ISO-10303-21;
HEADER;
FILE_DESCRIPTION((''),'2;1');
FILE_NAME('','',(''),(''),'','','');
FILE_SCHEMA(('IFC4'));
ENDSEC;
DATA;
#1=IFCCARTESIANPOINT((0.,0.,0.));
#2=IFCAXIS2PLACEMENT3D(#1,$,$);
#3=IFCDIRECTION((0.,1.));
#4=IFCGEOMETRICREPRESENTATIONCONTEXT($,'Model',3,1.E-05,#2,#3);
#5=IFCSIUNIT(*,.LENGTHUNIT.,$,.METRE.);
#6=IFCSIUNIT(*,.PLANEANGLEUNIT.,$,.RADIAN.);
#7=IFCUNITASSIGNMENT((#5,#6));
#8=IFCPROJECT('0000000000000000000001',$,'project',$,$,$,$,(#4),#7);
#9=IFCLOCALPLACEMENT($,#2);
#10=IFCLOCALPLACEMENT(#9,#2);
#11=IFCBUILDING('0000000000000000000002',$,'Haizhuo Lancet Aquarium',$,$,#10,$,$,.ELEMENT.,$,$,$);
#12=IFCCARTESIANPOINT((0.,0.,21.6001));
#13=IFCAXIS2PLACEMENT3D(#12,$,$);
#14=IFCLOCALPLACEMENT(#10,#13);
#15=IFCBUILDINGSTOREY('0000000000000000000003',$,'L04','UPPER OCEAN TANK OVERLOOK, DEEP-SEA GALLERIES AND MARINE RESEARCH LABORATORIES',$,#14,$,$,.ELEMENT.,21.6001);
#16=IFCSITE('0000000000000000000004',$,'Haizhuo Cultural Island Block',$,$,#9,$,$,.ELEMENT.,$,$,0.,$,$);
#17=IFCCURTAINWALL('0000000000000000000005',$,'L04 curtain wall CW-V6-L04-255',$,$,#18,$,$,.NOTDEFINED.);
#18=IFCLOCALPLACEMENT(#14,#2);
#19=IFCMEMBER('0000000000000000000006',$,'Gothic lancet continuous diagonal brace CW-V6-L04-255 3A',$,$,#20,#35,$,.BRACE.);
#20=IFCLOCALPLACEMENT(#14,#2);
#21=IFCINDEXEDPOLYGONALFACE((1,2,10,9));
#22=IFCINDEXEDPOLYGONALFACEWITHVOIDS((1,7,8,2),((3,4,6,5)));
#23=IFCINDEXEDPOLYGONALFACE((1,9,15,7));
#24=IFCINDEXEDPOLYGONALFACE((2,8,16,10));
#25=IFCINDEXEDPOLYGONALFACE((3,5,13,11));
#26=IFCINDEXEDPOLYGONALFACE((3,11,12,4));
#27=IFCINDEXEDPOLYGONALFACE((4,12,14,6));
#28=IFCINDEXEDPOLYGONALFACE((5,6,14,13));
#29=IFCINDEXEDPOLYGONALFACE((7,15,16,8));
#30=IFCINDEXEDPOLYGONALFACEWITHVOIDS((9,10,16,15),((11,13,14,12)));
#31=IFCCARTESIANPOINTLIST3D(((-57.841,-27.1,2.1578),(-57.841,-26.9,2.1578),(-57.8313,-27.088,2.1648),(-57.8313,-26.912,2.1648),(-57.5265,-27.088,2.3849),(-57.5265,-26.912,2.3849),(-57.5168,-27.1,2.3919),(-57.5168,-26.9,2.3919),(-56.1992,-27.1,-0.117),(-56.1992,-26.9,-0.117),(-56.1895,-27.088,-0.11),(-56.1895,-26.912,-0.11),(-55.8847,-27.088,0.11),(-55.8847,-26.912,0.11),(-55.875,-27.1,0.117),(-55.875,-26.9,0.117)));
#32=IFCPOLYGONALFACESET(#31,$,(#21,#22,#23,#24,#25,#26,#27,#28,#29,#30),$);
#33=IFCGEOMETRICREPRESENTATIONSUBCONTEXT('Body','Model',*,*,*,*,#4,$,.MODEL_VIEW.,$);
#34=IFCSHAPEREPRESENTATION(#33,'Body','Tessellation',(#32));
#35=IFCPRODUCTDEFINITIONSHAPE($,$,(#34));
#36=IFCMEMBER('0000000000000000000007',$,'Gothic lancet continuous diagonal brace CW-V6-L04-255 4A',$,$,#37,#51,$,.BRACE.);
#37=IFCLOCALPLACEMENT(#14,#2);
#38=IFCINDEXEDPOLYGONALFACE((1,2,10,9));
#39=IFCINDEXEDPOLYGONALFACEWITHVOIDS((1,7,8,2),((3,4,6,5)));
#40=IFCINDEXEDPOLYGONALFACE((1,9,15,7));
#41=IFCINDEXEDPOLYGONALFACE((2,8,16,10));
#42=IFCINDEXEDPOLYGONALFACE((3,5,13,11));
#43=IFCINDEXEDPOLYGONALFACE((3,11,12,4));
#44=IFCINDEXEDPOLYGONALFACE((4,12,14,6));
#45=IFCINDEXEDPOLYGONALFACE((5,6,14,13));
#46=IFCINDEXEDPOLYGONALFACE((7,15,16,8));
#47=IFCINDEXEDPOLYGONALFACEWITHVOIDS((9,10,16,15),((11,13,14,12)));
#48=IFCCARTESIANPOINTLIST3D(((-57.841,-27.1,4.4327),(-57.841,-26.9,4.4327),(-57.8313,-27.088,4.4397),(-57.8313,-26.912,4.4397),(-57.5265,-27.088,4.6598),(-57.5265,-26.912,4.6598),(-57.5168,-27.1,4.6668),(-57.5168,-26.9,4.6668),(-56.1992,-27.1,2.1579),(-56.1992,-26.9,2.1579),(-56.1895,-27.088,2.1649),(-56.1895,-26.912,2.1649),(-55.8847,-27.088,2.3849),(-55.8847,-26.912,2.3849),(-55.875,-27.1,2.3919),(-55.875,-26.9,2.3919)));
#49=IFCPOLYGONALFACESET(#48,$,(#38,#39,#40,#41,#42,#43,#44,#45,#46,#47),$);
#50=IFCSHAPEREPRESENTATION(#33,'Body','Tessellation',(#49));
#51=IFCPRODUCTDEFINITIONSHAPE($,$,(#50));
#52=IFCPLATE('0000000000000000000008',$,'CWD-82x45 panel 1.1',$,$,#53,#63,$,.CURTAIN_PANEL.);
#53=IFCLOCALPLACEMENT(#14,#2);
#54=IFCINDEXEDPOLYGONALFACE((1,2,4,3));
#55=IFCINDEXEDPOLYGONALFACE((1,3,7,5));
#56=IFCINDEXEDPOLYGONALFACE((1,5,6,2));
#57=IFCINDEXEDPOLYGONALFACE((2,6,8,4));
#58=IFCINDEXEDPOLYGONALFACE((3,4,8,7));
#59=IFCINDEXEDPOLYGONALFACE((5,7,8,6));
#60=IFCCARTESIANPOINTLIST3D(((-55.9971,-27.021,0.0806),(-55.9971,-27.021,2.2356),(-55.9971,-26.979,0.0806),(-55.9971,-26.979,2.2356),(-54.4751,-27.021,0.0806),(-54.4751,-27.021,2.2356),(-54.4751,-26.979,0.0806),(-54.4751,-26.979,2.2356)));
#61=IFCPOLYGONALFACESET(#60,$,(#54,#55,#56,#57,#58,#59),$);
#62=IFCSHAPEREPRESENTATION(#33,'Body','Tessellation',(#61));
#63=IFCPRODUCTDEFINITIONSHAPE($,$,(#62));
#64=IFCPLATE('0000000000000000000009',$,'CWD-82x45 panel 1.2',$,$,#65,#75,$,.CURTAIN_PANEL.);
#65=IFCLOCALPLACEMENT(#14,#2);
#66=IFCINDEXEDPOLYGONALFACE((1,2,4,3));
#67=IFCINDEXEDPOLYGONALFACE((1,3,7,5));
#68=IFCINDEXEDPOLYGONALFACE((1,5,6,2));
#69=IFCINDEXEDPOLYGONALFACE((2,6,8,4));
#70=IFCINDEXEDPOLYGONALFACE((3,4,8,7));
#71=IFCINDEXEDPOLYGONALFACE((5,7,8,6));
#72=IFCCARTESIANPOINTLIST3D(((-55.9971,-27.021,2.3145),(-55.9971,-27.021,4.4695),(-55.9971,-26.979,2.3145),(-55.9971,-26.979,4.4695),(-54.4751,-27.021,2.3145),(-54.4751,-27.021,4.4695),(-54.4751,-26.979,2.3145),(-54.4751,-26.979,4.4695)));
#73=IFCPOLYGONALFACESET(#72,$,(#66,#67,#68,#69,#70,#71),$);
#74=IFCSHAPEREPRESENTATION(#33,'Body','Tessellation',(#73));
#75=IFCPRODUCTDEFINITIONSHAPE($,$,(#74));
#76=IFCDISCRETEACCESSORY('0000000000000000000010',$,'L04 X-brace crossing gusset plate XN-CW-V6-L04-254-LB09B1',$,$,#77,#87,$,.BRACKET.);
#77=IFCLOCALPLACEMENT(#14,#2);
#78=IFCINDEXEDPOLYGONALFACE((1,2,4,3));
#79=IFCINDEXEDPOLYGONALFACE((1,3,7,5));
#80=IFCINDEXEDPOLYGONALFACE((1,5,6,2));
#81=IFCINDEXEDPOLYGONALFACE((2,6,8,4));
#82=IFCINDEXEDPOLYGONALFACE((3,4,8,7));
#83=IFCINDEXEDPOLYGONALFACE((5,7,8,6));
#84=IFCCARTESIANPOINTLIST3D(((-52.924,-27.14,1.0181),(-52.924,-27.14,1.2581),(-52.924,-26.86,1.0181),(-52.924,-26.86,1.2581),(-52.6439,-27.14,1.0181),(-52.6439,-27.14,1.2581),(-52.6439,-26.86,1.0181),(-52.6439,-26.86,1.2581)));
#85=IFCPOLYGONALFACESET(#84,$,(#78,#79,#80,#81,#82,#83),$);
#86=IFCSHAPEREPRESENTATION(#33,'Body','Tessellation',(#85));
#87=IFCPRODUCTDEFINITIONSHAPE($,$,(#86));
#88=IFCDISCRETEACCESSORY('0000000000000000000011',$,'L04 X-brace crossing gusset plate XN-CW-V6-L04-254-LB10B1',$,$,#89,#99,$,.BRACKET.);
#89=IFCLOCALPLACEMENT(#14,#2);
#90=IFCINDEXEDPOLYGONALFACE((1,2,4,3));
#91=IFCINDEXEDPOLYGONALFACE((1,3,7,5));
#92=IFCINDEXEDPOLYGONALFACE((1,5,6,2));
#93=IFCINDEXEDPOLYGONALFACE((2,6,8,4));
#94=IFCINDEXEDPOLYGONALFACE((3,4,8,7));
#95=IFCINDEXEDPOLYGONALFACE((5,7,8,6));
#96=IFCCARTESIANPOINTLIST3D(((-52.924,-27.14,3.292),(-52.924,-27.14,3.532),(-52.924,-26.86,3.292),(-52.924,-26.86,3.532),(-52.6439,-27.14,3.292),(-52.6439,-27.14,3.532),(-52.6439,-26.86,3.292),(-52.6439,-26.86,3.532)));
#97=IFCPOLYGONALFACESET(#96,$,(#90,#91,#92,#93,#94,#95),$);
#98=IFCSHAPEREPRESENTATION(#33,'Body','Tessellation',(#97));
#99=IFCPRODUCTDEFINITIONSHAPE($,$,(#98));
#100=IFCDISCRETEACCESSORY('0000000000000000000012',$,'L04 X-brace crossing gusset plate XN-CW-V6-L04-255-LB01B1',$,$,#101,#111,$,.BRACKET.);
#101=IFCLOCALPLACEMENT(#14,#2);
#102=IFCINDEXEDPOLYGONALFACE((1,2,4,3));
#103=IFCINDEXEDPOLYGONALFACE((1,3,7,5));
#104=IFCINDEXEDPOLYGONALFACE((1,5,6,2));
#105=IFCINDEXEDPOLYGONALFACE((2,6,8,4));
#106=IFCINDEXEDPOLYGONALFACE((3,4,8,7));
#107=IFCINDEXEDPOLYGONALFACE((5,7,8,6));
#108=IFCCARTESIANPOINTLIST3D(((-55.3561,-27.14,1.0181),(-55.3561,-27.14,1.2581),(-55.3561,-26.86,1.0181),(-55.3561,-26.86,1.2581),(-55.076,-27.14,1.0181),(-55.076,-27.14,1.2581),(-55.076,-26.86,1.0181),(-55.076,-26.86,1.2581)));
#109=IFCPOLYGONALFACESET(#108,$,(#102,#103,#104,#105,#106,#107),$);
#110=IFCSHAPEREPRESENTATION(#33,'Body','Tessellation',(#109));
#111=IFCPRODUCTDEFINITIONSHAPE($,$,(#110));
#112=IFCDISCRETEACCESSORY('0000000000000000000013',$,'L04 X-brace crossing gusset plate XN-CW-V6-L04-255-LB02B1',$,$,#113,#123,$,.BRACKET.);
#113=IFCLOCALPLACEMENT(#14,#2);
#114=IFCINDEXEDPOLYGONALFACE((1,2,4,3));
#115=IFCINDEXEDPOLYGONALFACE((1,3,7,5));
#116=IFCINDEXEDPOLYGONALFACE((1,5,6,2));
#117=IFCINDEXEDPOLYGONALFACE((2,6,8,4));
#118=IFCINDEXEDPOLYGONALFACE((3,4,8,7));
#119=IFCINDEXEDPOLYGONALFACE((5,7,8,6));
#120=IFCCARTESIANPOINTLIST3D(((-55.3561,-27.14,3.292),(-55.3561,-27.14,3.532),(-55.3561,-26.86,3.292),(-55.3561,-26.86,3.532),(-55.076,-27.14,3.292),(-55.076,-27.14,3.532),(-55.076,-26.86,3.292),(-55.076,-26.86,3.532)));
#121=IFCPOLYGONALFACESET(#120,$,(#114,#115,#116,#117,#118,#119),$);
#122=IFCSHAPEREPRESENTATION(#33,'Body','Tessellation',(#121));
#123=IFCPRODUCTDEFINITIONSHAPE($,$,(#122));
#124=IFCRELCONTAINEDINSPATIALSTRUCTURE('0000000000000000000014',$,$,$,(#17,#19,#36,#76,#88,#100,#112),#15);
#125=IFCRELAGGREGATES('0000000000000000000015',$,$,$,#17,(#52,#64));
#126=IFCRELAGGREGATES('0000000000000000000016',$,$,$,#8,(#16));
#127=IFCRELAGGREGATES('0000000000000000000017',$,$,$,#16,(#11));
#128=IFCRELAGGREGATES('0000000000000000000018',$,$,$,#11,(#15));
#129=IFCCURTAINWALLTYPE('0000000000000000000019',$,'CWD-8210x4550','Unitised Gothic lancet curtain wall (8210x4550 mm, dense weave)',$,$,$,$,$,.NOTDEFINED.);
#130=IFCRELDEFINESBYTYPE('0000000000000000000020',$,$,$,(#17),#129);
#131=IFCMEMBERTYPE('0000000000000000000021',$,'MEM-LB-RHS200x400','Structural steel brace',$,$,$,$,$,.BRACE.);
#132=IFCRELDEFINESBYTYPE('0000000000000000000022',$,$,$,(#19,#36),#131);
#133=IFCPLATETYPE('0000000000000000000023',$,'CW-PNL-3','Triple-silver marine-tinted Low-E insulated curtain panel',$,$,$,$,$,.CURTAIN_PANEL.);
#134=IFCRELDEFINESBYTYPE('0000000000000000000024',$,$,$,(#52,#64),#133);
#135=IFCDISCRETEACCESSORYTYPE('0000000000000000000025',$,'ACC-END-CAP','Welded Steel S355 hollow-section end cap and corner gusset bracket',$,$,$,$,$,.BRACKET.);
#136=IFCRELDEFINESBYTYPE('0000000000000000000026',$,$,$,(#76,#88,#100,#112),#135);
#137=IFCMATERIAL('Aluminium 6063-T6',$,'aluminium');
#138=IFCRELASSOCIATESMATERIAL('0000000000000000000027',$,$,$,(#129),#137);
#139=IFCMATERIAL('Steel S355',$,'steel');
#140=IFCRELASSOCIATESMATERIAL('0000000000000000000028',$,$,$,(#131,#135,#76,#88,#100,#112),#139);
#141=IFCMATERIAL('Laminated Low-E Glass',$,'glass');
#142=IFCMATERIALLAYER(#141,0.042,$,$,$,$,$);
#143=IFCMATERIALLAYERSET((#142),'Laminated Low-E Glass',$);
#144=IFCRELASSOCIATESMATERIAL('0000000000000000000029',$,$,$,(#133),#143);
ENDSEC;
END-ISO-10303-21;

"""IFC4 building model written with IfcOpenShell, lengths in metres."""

from ifc_helpers import new_model, si_unit, direction, frame, origin, origin_2d, place, context, subcontext, project, spatial, rectangle, hollow_rectangle, extrude, material, layer, layer_set, material_profile, profile_set, type_object, element, aggregate, save


model = new_model("IFC4")

# Units and contexts
model_context = context("Model", 3, precision=1e-05, world=origin(), true_north=direction((0.0, 1.0)))
body_context = subcontext(model_context, "Body", "Model", "MODEL_VIEW")
ifc_project = project(units=[si_unit("LENGTHUNIT", "METRE"), si_unit("PLANEANGLEUNIT", "RADIAN")], contexts=[model_context])

# Site, building, storey
site_placement = place(None, origin())
site = spatial("IfcSite", under=ifc_project, at=site_placement, Name="Haizhuo Cultural Island Block", CompositionType="ELEMENT", RefElevation=0.0)
building_placement = place(site_placement, origin())
building = spatial("IfcBuilding", under=site, at=building_placement, Name="Haizhuo Lancet Aquarium", CompositionType="ELEMENT")
storey_placement = place(building_placement, frame((0.0, 0.0, 21.6001)))
storey = spatial("IfcBuildingStorey", under=building, at=storey_placement, Name="L04", Description="UPPER OCEAN TANK OVERLOOK, DEEP-SEA GALLERIES AND MARINE RESEARCH LABORATORIES", CompositionType="ELEMENT", Elevation=21.6001)

# Shared definitions
ifc_material_1 = material(Name="Steel S355", Category="steel")

# Shared definitions
ifc_material_2 = material(Name="Aluminium 6063-T6", Category="aluminium")
curtain_wall_type = type_object("IfcCurtainWallType", Name="CWD-8210x4550", Description="Unitised Gothic lancet curtain wall (8210x4550 mm, dense weave)", PredefinedType="NOTDEFINED", material=ifc_material_2)

# Curtain wall
curtain_wall_1_placement = place(storey_placement, origin())
curtain_wall_1 = element("IfcCurtainWall", 1, at=curtain_wall_1_placement, inside=storey, type_object=curtain_wall_type, Name="L04 curtain wall CW-V6-L04-255", PredefinedType="NOTDEFINED")

# Members
ifc_material_profile_1 = material_profile(ifc_material_1, hollow_rectangle(XDim=0.2, YDim=0.3999, WallThickness=0.012, at=origin_2d()), Name="RHS 200x400x12")
ifc_profile_set_1 = profile_set([ifc_material_profile_1], Name="Steel S355")
member_type_1 = type_object("IfcMemberType", Name="MEM-LB-RHS200x400", Description="Structural steel brace", PredefinedType="BRACE", material=ifc_profile_set_1)
for number, where, z_axis, x_axis, name in (
    (2, (-56.0371, -27.0, 0.0), (-0.585224, 0.0, 0.810872), (0.0, -1.0, 0.0), "Gothic lancet continuous diagonal brace CW-V6-L04-255 3A"),
    (3, (-56.0371, -27.0, 2.2749), (-0.585224, 0.0, 0.810872), (0.0, -1.0, 0.0), "Gothic lancet continuous diagonal brace CW-V6-L04-255 4A"),
):
    element("IfcMember", number, at=place(storey_placement, frame(where, z_axis=z_axis, x_axis=x_axis)), inside=storey, type_object=member_type_1, Name=name, PredefinedType="BRACE", context=body_context, shape_type="SweptSolid", body=[
        extrude(hollow_rectangle(XDim=0.2, YDim=0.3999, WallThickness=0.012, at=origin_2d()), origin(), (0.0, 0.0, 1.0), 2.8054),
    ])

# Plates
ifc_material_3 = material(Name="Laminated Low-E Glass", Category="glass")
ifc_layer = layer(ifc_material_3, 0.042)
ifc_layer_set = layer_set([ifc_layer], Name="Laminated Low-E Glass")
plate_type = type_object("IfcPlateType", Name="CW-PNL-3", Description="Triple-silver marine-tinted Low-E insulated curtain panel", PredefinedType="CURTAIN_PANEL", material=ifc_layer_set)
plate_1_placement = place(storey_placement, frame((-55.2361, -27.0, 0.0806), z_axis=(0.0, 0.0, 1.0), x_axis=(-1.0, 0.0, 0.0)))
plate_1 = element("IfcPlate", 4, at=plate_1_placement, type_object=plate_type, Name="CWD-82x45 panel 1.1", PredefinedType="CURTAIN_PANEL", context=body_context, shape_type="SweptSolid", body=[
    extrude(rectangle(XDim=1.522, YDim=0.042, at=origin_2d()), origin(), (0.0, 0.0, 1.0), 2.155),
])
plate_2_placement = place(storey_placement, frame((-55.2361, -27.0, 2.3145), z_axis=(0.0, 0.0, 1.0), x_axis=(-1.0, 0.0, 0.0)))
plate_2 = element("IfcPlate", 5, at=plate_2_placement, type_object=plate_type, Name="CWD-82x45 panel 1.2", PredefinedType="CURTAIN_PANEL", context=body_context, shape_type="SweptSolid", body=[
    extrude(rectangle(XDim=1.522, YDim=0.042, at=origin_2d()), origin(), (0.0, 0.0, 1.0), 2.155),
])
aggregate(curtain_wall_1, [plate_1, plate_2])

# Discrete accessories
discrete_accessory_type = type_object("IfcDiscreteAccessoryType", Name="ACC-END-CAP", Description="Welded Steel S355 hollow-section end cap and corner gusset bracket", PredefinedType="BRACKET", material=ifc_material_1)
for number, where, z_axis, x_axis, name in (
    (6, (-52.7839, -27.0, 1.0181), (0.0, 0.0, 1.0), (1.0, 0.0, 0.0), "L04 X-brace crossing gusset plate XN-CW-V6-L04-254-LB09B1"),
    (7, (-52.7839, -27.0, 3.292), (0.0, 0.0, 1.0), (1.0, 0.0, 0.0), "L04 X-brace crossing gusset plate XN-CW-V6-L04-254-LB10B1"),
    (8, (-55.2161, -27.0, 1.0181), (0.0, 0.0, 1.0), (1.0, 0.0, 0.0), "L04 X-brace crossing gusset plate XN-CW-V6-L04-255-LB01B1"),
    (9, (-55.2161, -27.0, 3.292), (0.0, 0.0, 1.0), (1.0, 0.0, 0.0), "L04 X-brace crossing gusset plate XN-CW-V6-L04-255-LB02B1"),
):
    element("IfcDiscreteAccessory", number, at=place(storey_placement, frame(where, z_axis=z_axis, x_axis=x_axis)), inside=storey, type_object=discrete_accessory_type, material=ifc_material_1, Name=name, PredefinedType="BRACKET", context=body_context, shape_type="SweptSolid", body=[
        extrude(rectangle(XDim=0.28, YDim=0.28, at=origin_2d()), origin(), (0.0, 0.0, 1.0), 0.24),
    ])

save(model, "model.ifc")
